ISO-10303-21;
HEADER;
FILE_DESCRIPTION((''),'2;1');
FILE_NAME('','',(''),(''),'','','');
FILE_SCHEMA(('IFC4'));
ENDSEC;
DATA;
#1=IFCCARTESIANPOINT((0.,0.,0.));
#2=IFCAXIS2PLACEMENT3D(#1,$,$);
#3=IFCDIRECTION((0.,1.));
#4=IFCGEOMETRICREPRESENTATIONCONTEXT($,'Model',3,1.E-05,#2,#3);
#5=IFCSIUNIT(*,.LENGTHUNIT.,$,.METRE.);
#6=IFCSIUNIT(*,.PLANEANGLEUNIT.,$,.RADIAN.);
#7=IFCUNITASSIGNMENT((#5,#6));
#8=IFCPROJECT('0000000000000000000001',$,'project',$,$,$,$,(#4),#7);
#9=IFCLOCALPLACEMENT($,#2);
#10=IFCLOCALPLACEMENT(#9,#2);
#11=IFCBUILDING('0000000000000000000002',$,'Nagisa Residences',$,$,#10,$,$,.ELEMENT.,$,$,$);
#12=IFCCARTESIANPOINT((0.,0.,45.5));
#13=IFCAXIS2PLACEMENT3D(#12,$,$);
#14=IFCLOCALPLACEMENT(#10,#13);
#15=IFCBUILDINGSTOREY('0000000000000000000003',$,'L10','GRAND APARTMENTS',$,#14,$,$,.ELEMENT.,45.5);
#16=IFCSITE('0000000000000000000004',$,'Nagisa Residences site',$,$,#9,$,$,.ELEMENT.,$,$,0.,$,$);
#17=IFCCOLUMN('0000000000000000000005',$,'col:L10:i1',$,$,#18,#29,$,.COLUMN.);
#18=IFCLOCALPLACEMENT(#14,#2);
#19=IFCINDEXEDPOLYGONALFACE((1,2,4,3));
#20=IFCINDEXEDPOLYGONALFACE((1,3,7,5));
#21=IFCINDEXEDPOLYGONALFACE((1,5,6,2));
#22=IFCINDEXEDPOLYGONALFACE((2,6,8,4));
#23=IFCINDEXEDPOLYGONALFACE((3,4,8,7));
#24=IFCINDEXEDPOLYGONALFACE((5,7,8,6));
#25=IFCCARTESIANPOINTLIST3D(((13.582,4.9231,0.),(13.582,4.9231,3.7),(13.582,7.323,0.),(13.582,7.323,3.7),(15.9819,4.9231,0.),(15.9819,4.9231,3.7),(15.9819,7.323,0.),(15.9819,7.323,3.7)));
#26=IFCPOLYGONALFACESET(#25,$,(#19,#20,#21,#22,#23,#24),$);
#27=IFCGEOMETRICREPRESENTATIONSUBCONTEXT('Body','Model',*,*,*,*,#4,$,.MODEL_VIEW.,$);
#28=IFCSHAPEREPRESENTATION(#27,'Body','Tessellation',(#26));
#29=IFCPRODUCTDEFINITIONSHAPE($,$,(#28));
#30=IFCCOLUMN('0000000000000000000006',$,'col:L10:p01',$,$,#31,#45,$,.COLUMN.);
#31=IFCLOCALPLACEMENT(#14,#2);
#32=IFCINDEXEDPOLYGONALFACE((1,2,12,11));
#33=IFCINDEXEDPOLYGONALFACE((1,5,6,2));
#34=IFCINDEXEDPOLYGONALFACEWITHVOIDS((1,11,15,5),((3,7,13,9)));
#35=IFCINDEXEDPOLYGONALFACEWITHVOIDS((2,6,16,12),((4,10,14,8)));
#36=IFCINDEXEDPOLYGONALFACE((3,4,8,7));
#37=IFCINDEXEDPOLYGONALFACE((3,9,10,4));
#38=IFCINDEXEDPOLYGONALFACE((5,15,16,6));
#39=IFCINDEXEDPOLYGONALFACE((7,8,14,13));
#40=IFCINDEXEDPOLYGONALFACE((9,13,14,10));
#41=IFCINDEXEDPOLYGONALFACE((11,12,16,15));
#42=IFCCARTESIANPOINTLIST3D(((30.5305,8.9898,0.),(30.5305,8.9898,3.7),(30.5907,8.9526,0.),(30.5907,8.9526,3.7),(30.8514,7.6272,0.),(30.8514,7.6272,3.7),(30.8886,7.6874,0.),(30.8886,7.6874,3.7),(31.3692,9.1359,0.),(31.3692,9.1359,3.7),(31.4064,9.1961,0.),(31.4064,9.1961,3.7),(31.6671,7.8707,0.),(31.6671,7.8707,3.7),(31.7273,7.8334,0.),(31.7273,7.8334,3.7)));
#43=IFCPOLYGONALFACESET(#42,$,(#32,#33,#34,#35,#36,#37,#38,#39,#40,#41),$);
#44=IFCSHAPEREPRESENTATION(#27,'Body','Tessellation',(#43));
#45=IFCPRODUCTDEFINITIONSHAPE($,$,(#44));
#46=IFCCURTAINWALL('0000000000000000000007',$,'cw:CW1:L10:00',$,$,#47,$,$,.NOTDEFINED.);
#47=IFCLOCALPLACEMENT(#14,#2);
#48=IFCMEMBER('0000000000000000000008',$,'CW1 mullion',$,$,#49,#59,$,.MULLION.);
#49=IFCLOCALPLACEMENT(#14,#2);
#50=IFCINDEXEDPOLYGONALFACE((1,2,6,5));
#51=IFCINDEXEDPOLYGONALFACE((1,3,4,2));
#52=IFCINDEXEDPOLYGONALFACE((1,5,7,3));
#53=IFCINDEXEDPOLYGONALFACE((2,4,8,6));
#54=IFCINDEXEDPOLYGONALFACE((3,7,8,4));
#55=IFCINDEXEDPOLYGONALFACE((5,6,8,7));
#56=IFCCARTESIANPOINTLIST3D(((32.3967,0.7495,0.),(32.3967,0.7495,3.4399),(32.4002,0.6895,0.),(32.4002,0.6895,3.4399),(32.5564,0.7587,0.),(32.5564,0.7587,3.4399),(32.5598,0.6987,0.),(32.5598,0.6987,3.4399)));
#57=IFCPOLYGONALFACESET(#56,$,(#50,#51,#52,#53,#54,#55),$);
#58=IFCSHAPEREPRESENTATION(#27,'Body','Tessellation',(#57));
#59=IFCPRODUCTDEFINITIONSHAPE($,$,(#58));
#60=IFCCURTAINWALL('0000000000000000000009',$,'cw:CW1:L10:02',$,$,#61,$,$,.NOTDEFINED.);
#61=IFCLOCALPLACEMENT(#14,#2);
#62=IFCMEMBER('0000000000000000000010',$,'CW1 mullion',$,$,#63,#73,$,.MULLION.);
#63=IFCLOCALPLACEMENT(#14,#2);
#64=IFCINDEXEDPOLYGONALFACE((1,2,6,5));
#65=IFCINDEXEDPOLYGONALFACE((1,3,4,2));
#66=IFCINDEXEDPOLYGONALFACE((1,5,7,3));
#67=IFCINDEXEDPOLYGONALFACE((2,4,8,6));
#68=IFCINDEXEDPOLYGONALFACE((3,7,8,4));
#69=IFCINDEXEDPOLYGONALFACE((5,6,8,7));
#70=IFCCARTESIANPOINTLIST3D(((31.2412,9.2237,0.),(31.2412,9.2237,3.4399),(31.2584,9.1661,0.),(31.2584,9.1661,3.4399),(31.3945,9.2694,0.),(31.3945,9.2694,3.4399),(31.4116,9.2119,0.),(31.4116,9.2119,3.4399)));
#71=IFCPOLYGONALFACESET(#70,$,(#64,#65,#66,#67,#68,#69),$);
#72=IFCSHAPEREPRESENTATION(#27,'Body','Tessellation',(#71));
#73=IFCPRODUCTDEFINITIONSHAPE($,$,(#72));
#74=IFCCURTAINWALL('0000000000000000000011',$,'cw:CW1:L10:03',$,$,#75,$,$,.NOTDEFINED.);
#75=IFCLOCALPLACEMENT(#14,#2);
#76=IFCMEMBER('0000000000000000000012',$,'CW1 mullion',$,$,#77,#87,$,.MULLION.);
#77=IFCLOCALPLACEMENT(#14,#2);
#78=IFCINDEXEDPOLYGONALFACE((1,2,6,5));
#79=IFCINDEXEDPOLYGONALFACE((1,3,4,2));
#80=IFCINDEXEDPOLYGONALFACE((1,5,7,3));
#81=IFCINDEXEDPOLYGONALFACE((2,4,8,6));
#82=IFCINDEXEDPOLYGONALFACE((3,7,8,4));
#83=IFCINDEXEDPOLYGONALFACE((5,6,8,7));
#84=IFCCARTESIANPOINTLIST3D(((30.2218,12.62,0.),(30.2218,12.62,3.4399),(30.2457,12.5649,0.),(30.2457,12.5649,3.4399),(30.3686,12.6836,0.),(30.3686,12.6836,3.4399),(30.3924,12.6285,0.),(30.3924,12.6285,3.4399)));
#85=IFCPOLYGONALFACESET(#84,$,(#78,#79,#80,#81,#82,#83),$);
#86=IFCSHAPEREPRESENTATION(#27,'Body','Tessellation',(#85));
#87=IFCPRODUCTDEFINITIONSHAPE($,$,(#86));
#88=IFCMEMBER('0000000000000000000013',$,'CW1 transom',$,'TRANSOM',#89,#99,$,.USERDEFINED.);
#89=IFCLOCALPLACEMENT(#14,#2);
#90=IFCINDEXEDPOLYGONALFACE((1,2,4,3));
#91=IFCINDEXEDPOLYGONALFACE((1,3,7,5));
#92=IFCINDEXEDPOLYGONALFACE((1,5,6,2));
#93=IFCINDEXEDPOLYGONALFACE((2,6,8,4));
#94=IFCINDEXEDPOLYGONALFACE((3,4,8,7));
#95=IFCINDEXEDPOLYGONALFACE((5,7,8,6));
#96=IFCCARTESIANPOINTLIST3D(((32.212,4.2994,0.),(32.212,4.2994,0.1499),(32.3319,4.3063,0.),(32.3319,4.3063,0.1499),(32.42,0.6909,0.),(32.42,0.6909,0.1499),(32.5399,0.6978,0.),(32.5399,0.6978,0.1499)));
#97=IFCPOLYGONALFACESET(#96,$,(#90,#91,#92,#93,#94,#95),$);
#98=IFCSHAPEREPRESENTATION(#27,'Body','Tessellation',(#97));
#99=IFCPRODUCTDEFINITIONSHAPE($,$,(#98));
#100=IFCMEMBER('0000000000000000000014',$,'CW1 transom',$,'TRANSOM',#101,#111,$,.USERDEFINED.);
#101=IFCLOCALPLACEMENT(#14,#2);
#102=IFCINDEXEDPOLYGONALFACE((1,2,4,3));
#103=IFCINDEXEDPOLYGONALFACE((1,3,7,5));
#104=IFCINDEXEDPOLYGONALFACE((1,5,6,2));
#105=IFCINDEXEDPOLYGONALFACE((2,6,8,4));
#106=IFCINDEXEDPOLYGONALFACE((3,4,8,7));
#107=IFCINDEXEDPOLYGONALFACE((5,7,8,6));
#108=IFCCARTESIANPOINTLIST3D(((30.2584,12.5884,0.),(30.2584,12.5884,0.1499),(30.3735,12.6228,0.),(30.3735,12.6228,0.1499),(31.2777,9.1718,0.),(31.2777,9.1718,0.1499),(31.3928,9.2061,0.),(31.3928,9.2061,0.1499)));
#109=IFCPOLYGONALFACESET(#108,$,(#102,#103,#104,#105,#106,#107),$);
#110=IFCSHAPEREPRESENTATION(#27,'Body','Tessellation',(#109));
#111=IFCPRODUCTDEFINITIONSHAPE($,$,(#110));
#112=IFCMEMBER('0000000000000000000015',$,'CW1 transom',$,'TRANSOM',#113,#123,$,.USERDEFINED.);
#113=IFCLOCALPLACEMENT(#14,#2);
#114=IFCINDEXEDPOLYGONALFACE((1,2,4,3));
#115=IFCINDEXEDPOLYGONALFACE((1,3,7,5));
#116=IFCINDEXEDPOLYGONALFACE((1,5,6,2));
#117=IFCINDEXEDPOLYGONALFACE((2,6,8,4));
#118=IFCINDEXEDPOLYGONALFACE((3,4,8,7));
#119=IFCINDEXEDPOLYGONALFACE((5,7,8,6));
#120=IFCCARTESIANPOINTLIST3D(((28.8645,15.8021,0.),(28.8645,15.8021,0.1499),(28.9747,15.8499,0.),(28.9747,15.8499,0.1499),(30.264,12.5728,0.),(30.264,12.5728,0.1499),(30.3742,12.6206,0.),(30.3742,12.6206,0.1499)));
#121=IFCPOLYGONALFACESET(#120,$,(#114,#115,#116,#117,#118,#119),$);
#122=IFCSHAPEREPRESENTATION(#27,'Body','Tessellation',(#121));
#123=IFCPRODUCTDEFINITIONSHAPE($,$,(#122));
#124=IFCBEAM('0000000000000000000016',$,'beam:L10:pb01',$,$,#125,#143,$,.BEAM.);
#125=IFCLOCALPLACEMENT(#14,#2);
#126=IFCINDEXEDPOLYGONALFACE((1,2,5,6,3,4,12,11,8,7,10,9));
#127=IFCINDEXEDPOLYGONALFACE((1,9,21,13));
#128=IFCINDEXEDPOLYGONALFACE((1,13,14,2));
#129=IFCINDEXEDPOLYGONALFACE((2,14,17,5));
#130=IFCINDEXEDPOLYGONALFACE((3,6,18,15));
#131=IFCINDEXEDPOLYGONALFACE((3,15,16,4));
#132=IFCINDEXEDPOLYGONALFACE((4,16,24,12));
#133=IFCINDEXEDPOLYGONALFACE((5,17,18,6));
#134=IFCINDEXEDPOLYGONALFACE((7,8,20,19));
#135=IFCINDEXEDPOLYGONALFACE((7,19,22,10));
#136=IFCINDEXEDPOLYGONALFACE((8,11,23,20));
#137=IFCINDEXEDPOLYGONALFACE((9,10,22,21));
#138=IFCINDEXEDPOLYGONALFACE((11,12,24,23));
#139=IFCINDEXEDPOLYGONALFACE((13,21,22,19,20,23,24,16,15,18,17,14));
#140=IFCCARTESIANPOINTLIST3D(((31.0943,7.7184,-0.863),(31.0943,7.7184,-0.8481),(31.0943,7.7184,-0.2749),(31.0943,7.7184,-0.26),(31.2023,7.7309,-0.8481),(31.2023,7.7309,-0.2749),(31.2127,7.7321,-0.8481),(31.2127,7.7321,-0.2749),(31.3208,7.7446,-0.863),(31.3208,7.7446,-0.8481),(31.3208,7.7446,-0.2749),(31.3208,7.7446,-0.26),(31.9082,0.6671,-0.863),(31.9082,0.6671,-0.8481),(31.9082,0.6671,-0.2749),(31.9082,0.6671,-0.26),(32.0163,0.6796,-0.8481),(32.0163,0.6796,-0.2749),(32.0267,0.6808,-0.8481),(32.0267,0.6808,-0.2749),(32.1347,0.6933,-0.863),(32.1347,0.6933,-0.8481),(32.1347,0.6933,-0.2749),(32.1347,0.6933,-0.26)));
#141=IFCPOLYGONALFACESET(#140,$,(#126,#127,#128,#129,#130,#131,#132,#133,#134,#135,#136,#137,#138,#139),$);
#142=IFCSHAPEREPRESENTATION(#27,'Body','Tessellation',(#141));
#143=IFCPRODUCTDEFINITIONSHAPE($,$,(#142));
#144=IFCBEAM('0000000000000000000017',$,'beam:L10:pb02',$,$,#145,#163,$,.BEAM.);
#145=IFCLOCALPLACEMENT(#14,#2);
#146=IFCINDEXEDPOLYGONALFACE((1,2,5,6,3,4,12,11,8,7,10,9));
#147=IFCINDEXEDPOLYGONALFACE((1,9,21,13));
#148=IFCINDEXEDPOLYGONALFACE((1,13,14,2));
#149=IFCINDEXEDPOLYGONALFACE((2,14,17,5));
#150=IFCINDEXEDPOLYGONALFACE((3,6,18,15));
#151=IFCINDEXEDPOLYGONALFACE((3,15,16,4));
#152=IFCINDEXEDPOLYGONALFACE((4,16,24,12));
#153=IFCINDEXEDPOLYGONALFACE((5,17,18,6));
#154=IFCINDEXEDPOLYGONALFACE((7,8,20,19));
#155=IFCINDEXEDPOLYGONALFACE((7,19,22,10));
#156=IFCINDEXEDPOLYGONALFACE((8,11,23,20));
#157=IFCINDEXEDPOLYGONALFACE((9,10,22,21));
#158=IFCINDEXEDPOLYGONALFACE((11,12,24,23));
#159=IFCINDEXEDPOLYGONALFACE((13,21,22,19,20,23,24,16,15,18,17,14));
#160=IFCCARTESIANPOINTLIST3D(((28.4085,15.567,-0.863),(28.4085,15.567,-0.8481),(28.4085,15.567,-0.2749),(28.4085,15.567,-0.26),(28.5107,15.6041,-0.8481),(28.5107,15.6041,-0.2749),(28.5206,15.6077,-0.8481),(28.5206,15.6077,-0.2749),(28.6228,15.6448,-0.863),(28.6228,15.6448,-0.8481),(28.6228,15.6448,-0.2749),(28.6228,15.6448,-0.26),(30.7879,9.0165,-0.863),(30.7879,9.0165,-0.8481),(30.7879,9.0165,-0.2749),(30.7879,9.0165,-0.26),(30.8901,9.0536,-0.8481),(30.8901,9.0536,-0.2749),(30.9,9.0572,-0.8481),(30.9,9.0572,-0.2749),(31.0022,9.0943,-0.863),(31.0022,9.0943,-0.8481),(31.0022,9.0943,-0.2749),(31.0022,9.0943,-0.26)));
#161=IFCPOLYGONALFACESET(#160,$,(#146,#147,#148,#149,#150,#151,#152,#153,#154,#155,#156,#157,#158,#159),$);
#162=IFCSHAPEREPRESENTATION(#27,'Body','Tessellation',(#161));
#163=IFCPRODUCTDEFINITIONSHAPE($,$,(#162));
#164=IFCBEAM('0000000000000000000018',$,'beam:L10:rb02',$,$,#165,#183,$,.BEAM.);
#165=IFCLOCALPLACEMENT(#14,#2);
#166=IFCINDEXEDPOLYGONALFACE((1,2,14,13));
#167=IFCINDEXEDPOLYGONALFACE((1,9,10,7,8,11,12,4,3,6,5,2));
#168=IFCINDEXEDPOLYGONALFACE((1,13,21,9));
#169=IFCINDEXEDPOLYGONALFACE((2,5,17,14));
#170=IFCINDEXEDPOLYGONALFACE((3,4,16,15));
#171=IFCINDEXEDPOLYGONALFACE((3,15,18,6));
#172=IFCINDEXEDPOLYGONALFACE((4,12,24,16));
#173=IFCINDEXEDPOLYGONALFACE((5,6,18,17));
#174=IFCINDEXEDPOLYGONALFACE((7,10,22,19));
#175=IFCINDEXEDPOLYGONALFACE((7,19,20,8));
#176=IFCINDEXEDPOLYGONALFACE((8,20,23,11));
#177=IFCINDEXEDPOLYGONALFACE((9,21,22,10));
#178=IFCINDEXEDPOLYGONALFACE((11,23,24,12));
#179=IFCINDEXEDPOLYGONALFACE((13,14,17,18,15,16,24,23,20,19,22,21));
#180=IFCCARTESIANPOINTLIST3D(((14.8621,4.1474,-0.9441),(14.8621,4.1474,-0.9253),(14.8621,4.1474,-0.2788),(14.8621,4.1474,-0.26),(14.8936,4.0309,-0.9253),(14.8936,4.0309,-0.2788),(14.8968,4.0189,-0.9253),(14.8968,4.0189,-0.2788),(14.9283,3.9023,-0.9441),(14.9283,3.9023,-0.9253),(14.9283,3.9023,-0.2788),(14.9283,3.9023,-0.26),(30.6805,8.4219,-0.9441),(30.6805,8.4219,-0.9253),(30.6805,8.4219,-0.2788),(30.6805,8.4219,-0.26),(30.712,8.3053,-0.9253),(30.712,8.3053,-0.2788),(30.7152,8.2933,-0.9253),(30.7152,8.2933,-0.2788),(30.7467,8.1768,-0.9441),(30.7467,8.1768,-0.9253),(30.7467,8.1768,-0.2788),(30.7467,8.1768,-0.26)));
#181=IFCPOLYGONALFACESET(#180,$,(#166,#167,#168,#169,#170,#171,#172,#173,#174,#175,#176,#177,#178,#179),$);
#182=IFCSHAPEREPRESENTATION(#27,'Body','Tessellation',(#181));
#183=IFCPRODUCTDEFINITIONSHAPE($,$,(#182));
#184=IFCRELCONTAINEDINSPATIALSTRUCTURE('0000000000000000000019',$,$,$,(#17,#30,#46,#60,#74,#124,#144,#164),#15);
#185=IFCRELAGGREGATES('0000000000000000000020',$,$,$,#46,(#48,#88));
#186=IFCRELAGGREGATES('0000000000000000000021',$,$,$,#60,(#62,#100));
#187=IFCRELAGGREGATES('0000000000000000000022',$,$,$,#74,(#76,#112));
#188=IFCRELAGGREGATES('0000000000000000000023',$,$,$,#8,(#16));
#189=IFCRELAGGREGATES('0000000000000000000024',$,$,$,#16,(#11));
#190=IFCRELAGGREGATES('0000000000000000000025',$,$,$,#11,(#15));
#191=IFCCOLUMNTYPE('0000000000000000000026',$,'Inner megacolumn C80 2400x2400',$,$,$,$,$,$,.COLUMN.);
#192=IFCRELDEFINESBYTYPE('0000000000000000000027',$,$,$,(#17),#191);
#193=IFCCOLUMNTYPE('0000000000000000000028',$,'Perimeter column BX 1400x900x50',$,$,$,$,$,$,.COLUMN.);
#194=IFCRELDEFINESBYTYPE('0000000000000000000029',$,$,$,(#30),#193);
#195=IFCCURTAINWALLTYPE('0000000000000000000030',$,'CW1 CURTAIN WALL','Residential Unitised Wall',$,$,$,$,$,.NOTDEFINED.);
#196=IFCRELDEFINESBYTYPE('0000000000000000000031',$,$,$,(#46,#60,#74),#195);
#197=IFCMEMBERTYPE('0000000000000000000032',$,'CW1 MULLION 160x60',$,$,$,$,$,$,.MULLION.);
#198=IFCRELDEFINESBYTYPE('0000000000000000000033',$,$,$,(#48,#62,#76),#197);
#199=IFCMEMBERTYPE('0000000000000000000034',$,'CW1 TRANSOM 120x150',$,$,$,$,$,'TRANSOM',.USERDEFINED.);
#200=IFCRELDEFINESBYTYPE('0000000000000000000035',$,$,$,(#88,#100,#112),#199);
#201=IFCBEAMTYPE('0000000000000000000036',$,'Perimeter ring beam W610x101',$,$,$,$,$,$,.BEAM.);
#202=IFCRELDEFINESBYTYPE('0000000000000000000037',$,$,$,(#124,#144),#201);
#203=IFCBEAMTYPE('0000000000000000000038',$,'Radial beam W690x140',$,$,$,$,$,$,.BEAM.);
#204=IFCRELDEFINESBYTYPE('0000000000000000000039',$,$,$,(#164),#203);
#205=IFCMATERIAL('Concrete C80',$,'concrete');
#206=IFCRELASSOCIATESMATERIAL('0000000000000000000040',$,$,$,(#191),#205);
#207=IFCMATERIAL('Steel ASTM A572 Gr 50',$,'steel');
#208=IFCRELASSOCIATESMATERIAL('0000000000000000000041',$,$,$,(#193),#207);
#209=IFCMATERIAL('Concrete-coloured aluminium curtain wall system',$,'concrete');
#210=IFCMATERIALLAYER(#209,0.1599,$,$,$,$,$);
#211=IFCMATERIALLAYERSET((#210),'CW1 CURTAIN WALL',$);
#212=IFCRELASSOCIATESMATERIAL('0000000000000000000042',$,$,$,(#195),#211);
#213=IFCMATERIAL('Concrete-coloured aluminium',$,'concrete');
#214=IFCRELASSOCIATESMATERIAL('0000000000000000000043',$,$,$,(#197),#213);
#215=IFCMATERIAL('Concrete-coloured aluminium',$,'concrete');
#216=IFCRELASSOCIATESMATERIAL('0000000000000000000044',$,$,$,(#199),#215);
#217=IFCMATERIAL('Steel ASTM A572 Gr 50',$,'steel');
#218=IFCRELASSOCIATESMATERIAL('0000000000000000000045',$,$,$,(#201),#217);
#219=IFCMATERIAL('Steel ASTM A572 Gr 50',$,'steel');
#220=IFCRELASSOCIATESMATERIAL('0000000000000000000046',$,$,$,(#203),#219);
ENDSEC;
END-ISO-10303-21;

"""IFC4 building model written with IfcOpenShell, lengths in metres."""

from ifc_helpers import new_model, si_unit, direction, frame, origin, origin_2d, place, context, subcontext, project, spatial, rectangle, hollow_rectangle, i_section, extrude, material, layer, layer_set, material_profile, profile_set, type_object, element, aggregate, save


model = new_model("IFC4")

# Units and contexts
model_context = context("Model", 3, precision=1e-05, world=origin(), true_north=direction((0.0, 1.0)))
body_context = subcontext(model_context, "Body", "Model", "MODEL_VIEW")
ifc_project = project(units=[si_unit("LENGTHUNIT", "METRE"), si_unit("PLANEANGLEUNIT", "RADIAN")], contexts=[model_context])

# Site, building, storey
site_placement = place(None, origin())
site = spatial("IfcSite", under=ifc_project, at=site_placement, Name="Nagisa Residences site", CompositionType="ELEMENT", RefElevation=0.0)
building_placement = place(site_placement, origin())
building = spatial("IfcBuilding", under=site, at=building_placement, Name="Nagisa Residences", CompositionType="ELEMENT")
storey_placement = place(building_placement, frame((0.0, 0.0, 45.5)))
storey = spatial("IfcBuildingStorey", under=building, at=storey_placement, Name="L10", Description="GRAND APARTMENTS", CompositionType="ELEMENT", Elevation=45.5)

# Columns
ifc_material_1 = material(Name="Concrete C80", Category="concrete")
ifc_material_profile_1 = material_profile(ifc_material_1, rectangle(XDim=2.3999, YDim=2.3999, at=origin_2d()), Name="C80 2400x2400")
ifc_profile_set_1 = profile_set([ifc_material_profile_1], Name="Concrete C80")
column_type_1 = type_object("IfcColumnType", Name="Inner megacolumn C80 2400x2400", PredefinedType="COLUMN", material=ifc_profile_set_1)
column_1_placement = place(storey_placement, frame((14.782, 6.123, 0.0), z_axis=(0.0, 0.0, 1.0), x_axis=(1.0, 0.0, 0.0)))
element("IfcColumn", 1, at=column_1_placement, inside=storey, type_object=column_type_1, Name="col:L10:i1", PredefinedType="COLUMN", context=body_context, shape_type="SweptSolid", body=[
    extrude(rectangle(XDim=2.3999, YDim=2.3999, at=origin_2d()), origin(), (0.0, 0.0, 1.0), 3.7),
])
ifc_material_2 = material(Name="Steel ASTM A572 Gr 50", Category="steel")
ifc_material_profile_2 = material_profile(ifc_material_2, hollow_rectangle(XDim=1.3999, YDim=0.8999, WallThickness=0.05, at=origin_2d()), Name="BX 1400x900x50")
ifc_profile_set_2 = profile_set([ifc_material_profile_2], Name="Steel ASTM A572 Gr 50")
column_type_2 = type_object("IfcColumnType", Name="Perimeter column BX 1400x900x50", PredefinedType="COLUMN", material=ifc_profile_set_2)
column_2_placement = place(storey_placement, frame((31.1289, 8.4116, 0.0), z_axis=(0.0, 0.0, 1.0), x_axis=(-0.229202, 0.973379, 0.0)))
element("IfcColumn", 2, at=column_2_placement, inside=storey, type_object=column_type_2, Name="col:L10:p01", PredefinedType="COLUMN", context=body_context, shape_type="SweptSolid", body=[
    extrude(hollow_rectangle(XDim=1.3999, YDim=0.8999, WallThickness=0.05, at=origin_2d()), origin(), (0.0, 0.0, 1.0), 3.7),
])

# Curtain walls, members
ifc_material_3 = material(Name="Concrete-coloured aluminium curtain wall system", Category="concrete")
ifc_layer_1 = layer(ifc_material_3, 0.1599)
ifc_layer_set_1 = layer_set([ifc_layer_1], Name="CW1 CURTAIN WALL")
curtain_wall_type = type_object("IfcCurtainWallType", Name="CW1 CURTAIN WALL", Description="Residential Unitised Wall", PredefinedType="NOTDEFINED", material=ifc_layer_set_1)
curtain_wall_1_placement = place(storey_placement, origin())
curtain_wall_1 = element("IfcCurtainWall", 3, at=curtain_wall_1_placement, inside=storey, type_object=curtain_wall_type, Name="cw:CW1:L10:00", PredefinedType="NOTDEFINED")
ifc_material_4 = material(Name="Concrete-coloured aluminium", Category="concrete")
ifc_material_profile_3 = material_profile(ifc_material_4, rectangle(XDim=0.1599, YDim=0.0601, at=origin_2d()), Name="CW1 MULLION 160x60")
ifc_profile_set_3 = profile_set([ifc_material_profile_3], Name="Concrete-coloured aluminium")
member_type_1 = type_object("IfcMemberType", Name="CW1 MULLION 160x60", PredefinedType="MULLION", material=ifc_profile_set_3)
member_1_placement = place(storey_placement, frame((32.4783, 0.7241, 0.0), z_axis=(0.0, 0.0, 1.0), x_axis=(-0.998345, -0.057503, 0.0)))
member_1 = element("IfcMember", 4, at=member_1_placement, type_object=member_type_1, Name="CW1 mullion", PredefinedType="MULLION", context=body_context, shape_type="SweptSolid", body=[
    extrude(rectangle(XDim=0.1599, YDim=0.0601, at=origin_2d()), origin(), (0.0, 0.0, 1.0), 3.4399),
])
curtain_wall_2_placement = place(storey_placement, origin())
curtain_wall_2 = element("IfcCurtainWall", 5, at=curtain_wall_2_placement, inside=storey, type_object=curtain_wall_type, Name="cw:CW1:L10:02", PredefinedType="NOTDEFINED")
member_2_placement = place(storey_placement, frame((31.3264, 9.2178, 0.0), z_axis=(0.0, 0.0, 1.0), x_axis=(-0.958271, -0.28586, 0.0)))
member_2 = element("IfcMember", 6, at=member_2_placement, type_object=member_type_1, Name="CW1 mullion", PredefinedType="MULLION", context=body_context, shape_type="SweptSolid", body=[
    extrude(rectangle(XDim=0.1599, YDim=0.0601, at=origin_2d()), origin(), (0.0, 0.0, 1.0), 3.4399),
])
curtain_wall_3_placement = place(storey_placement, origin())
curtain_wall_3 = element("IfcCurtainWall", 7, at=curtain_wall_3_placement, inside=storey, type_object=curtain_wall_type, Name="cw:CW1:L10:03", PredefinedType="NOTDEFINED")
member_3_placement = place(storey_placement, frame((30.3071, 12.6243, 0.0), z_axis=(0.0, 0.0, 1.0), x_axis=(-0.917543, -0.397636, 0.0)))
member_3 = element("IfcMember", 8, at=member_3_placement, type_object=member_type_1, Name="CW1 mullion", PredefinedType="MULLION", context=body_context, shape_type="SweptSolid", body=[
    extrude(rectangle(XDim=0.1599, YDim=0.0601, at=origin_2d()), origin(), (0.0, 0.0, 1.0), 3.4399),
])

# Members
ifc_material_5 = material(Name="Concrete-coloured aluminium", Category="concrete")
ifc_material_profile_4 = material_profile(ifc_material_5, rectangle(XDim=0.1201, YDim=0.1499, at=origin_2d()), Name="CW1 TRANSOM 120x150")
ifc_profile_set_4 = profile_set([ifc_material_profile_4], Name="Concrete-coloured aluminium")
member_type_2 = type_object("IfcMemberType", Name="CW1 TRANSOM 120x150", ElementType="TRANSOM", PredefinedType="USERDEFINED", material=ifc_profile_set_4)
member_4_placement = place(storey_placement, frame((32.48, 0.6943, 0.075), z_axis=(-0.05755, 0.998343, 0.0), x_axis=(-0.998343, -0.05755, 0.0)))
member_4 = element("IfcMember", 9, at=member_4_placement, type_object=member_type_2, Name="CW1 transom", ObjectType="TRANSOM", PredefinedType="USERDEFINED", context=body_context, shape_type="SweptSolid", body=[
    extrude(rectangle(XDim=0.1201, YDim=0.1499, at=origin_2d()), origin(), (0.0, 0.0, 1.0), 3.6145),
])
member_5_placement = place(storey_placement, frame((31.3352, 9.189, 0.075), z_axis=(-0.285871, 0.958268, 0.0), x_axis=(-0.958268, -0.285871, 0.0)))
member_5 = element("IfcMember", 10, at=member_5_placement, type_object=member_type_2, Name="CW1 transom", ObjectType="TRANSOM", PredefinedType="USERDEFINED", context=body_context, shape_type="SweptSolid", body=[
    extrude(rectangle(XDim=0.1201, YDim=0.1499, at=origin_2d()), origin(), (0.0, 0.0, 1.0), 3.5654),
])
member_6_placement = place(storey_placement, frame((30.3191, 12.5967, 0.075), z_axis=(-0.397625, 0.917548, 0.0), x_axis=(-0.917548, -0.397625, 0.0)))
member_6 = element("IfcMember", 11, at=member_6_placement, type_object=member_type_2, Name="CW1 transom", ObjectType="TRANSOM", PredefinedType="USERDEFINED", context=body_context, shape_type="SweptSolid", body=[
    extrude(rectangle(XDim=0.1201, YDim=0.1499, at=origin_2d()), origin(), (0.0, 0.0, 1.0), 3.5195),
])

# Beams
ifc_material_6 = material(Name="Steel ASTM A572 Gr 50", Category="steel")
ifc_material_profile_5 = material_profile(ifc_material_6, i_section(OverallWidth=0.228, OverallDepth=0.603, WebThickness=0.0105, FlangeThickness=0.0149, at=origin_2d()), Name="W610x101")
ifc_profile_set_5 = profile_set([ifc_material_profile_5], Name="Steel ASTM A572 Gr 50")
beam_type_1 = type_object("IfcBeamType", Name="Perimeter ring beam W610x101", PredefinedType="BEAM", material=ifc_profile_set_5)
beam_1_placement = place(storey_placement, frame((32.0215, 0.6802, -0.5615), z_axis=(-0.114674, 0.993403, 0.0), x_axis=(-0.993403, -0.114674, 0.0)))
element("IfcBeam", 12, at=beam_1_placement, inside=storey, type_object=beam_type_1, Name="beam:L10:pb01", PredefinedType="BEAM", context=body_context, shape_type="SweptSolid", body=[
    extrude(i_section(OverallWidth=0.228, OverallDepth=0.603, WebThickness=0.0105, FlangeThickness=0.0149, at=origin_2d()), origin(), (0.0, 0.0, 1.0), 7.0981),
])
beam_2_placement = place(storey_placement, frame((30.895, 9.0554, -0.5615), z_axis=(-0.341411, 0.939914, 0.0), x_axis=(-0.939914, -0.341411, 0.0)))
element("IfcBeam", 13, at=beam_2_placement, inside=storey, type_object=beam_type_1, Name="beam:L10:pb02", PredefinedType="BEAM", context=body_context, shape_type="SweptSolid", body=[
    extrude(i_section(OverallWidth=0.228, OverallDepth=0.603, WebThickness=0.0105, FlangeThickness=0.0149, at=origin_2d()), origin(), (0.0, 0.0, 1.0), 6.9692),
])
ifc_material_7 = material(Name="Steel ASTM A572 Gr 50", Category="steel")
ifc_material_profile_6 = material_profile(ifc_material_7, i_section(OverallWidth=0.2539, OverallDepth=0.6841, WebThickness=0.0125, FlangeThickness=0.0188, at=origin_2d()), Name="W690x140")
ifc_profile_set_6 = profile_set([ifc_material_profile_6], Name="Steel ASTM A572 Gr 50")
beam_type_2 = type_object("IfcBeamType", Name="Radial beam W690x140", PredefinedType="BEAM", material=ifc_profile_set_6)
beam_3_placement = place(storey_placement, frame((30.7136, 8.2993, -0.6021), z_axis=(-0.965376, -0.260862, 0.0), x_axis=(0.260862, -0.965376, 0.0)))
element("IfcBeam", 14, at=beam_3_placement, inside=storey, type_object=beam_type_2, Name="beam:L10:rb02", PredefinedType="BEAM", context=body_context, shape_type="SweptSolid", body=[
    extrude(i_section(OverallWidth=0.2539, OverallDepth=0.6841, WebThickness=0.0125, FlangeThickness=0.0188, at=origin_2d()), origin(), (0.0, 0.0, 1.0), 16.3857),
])

aggregate(curtain_wall_1, [member_1, member_4])
aggregate(curtain_wall_2, [member_2, member_5])
aggregate(curtain_wall_3, [member_3, member_6])

save(model, "model.ifc")
